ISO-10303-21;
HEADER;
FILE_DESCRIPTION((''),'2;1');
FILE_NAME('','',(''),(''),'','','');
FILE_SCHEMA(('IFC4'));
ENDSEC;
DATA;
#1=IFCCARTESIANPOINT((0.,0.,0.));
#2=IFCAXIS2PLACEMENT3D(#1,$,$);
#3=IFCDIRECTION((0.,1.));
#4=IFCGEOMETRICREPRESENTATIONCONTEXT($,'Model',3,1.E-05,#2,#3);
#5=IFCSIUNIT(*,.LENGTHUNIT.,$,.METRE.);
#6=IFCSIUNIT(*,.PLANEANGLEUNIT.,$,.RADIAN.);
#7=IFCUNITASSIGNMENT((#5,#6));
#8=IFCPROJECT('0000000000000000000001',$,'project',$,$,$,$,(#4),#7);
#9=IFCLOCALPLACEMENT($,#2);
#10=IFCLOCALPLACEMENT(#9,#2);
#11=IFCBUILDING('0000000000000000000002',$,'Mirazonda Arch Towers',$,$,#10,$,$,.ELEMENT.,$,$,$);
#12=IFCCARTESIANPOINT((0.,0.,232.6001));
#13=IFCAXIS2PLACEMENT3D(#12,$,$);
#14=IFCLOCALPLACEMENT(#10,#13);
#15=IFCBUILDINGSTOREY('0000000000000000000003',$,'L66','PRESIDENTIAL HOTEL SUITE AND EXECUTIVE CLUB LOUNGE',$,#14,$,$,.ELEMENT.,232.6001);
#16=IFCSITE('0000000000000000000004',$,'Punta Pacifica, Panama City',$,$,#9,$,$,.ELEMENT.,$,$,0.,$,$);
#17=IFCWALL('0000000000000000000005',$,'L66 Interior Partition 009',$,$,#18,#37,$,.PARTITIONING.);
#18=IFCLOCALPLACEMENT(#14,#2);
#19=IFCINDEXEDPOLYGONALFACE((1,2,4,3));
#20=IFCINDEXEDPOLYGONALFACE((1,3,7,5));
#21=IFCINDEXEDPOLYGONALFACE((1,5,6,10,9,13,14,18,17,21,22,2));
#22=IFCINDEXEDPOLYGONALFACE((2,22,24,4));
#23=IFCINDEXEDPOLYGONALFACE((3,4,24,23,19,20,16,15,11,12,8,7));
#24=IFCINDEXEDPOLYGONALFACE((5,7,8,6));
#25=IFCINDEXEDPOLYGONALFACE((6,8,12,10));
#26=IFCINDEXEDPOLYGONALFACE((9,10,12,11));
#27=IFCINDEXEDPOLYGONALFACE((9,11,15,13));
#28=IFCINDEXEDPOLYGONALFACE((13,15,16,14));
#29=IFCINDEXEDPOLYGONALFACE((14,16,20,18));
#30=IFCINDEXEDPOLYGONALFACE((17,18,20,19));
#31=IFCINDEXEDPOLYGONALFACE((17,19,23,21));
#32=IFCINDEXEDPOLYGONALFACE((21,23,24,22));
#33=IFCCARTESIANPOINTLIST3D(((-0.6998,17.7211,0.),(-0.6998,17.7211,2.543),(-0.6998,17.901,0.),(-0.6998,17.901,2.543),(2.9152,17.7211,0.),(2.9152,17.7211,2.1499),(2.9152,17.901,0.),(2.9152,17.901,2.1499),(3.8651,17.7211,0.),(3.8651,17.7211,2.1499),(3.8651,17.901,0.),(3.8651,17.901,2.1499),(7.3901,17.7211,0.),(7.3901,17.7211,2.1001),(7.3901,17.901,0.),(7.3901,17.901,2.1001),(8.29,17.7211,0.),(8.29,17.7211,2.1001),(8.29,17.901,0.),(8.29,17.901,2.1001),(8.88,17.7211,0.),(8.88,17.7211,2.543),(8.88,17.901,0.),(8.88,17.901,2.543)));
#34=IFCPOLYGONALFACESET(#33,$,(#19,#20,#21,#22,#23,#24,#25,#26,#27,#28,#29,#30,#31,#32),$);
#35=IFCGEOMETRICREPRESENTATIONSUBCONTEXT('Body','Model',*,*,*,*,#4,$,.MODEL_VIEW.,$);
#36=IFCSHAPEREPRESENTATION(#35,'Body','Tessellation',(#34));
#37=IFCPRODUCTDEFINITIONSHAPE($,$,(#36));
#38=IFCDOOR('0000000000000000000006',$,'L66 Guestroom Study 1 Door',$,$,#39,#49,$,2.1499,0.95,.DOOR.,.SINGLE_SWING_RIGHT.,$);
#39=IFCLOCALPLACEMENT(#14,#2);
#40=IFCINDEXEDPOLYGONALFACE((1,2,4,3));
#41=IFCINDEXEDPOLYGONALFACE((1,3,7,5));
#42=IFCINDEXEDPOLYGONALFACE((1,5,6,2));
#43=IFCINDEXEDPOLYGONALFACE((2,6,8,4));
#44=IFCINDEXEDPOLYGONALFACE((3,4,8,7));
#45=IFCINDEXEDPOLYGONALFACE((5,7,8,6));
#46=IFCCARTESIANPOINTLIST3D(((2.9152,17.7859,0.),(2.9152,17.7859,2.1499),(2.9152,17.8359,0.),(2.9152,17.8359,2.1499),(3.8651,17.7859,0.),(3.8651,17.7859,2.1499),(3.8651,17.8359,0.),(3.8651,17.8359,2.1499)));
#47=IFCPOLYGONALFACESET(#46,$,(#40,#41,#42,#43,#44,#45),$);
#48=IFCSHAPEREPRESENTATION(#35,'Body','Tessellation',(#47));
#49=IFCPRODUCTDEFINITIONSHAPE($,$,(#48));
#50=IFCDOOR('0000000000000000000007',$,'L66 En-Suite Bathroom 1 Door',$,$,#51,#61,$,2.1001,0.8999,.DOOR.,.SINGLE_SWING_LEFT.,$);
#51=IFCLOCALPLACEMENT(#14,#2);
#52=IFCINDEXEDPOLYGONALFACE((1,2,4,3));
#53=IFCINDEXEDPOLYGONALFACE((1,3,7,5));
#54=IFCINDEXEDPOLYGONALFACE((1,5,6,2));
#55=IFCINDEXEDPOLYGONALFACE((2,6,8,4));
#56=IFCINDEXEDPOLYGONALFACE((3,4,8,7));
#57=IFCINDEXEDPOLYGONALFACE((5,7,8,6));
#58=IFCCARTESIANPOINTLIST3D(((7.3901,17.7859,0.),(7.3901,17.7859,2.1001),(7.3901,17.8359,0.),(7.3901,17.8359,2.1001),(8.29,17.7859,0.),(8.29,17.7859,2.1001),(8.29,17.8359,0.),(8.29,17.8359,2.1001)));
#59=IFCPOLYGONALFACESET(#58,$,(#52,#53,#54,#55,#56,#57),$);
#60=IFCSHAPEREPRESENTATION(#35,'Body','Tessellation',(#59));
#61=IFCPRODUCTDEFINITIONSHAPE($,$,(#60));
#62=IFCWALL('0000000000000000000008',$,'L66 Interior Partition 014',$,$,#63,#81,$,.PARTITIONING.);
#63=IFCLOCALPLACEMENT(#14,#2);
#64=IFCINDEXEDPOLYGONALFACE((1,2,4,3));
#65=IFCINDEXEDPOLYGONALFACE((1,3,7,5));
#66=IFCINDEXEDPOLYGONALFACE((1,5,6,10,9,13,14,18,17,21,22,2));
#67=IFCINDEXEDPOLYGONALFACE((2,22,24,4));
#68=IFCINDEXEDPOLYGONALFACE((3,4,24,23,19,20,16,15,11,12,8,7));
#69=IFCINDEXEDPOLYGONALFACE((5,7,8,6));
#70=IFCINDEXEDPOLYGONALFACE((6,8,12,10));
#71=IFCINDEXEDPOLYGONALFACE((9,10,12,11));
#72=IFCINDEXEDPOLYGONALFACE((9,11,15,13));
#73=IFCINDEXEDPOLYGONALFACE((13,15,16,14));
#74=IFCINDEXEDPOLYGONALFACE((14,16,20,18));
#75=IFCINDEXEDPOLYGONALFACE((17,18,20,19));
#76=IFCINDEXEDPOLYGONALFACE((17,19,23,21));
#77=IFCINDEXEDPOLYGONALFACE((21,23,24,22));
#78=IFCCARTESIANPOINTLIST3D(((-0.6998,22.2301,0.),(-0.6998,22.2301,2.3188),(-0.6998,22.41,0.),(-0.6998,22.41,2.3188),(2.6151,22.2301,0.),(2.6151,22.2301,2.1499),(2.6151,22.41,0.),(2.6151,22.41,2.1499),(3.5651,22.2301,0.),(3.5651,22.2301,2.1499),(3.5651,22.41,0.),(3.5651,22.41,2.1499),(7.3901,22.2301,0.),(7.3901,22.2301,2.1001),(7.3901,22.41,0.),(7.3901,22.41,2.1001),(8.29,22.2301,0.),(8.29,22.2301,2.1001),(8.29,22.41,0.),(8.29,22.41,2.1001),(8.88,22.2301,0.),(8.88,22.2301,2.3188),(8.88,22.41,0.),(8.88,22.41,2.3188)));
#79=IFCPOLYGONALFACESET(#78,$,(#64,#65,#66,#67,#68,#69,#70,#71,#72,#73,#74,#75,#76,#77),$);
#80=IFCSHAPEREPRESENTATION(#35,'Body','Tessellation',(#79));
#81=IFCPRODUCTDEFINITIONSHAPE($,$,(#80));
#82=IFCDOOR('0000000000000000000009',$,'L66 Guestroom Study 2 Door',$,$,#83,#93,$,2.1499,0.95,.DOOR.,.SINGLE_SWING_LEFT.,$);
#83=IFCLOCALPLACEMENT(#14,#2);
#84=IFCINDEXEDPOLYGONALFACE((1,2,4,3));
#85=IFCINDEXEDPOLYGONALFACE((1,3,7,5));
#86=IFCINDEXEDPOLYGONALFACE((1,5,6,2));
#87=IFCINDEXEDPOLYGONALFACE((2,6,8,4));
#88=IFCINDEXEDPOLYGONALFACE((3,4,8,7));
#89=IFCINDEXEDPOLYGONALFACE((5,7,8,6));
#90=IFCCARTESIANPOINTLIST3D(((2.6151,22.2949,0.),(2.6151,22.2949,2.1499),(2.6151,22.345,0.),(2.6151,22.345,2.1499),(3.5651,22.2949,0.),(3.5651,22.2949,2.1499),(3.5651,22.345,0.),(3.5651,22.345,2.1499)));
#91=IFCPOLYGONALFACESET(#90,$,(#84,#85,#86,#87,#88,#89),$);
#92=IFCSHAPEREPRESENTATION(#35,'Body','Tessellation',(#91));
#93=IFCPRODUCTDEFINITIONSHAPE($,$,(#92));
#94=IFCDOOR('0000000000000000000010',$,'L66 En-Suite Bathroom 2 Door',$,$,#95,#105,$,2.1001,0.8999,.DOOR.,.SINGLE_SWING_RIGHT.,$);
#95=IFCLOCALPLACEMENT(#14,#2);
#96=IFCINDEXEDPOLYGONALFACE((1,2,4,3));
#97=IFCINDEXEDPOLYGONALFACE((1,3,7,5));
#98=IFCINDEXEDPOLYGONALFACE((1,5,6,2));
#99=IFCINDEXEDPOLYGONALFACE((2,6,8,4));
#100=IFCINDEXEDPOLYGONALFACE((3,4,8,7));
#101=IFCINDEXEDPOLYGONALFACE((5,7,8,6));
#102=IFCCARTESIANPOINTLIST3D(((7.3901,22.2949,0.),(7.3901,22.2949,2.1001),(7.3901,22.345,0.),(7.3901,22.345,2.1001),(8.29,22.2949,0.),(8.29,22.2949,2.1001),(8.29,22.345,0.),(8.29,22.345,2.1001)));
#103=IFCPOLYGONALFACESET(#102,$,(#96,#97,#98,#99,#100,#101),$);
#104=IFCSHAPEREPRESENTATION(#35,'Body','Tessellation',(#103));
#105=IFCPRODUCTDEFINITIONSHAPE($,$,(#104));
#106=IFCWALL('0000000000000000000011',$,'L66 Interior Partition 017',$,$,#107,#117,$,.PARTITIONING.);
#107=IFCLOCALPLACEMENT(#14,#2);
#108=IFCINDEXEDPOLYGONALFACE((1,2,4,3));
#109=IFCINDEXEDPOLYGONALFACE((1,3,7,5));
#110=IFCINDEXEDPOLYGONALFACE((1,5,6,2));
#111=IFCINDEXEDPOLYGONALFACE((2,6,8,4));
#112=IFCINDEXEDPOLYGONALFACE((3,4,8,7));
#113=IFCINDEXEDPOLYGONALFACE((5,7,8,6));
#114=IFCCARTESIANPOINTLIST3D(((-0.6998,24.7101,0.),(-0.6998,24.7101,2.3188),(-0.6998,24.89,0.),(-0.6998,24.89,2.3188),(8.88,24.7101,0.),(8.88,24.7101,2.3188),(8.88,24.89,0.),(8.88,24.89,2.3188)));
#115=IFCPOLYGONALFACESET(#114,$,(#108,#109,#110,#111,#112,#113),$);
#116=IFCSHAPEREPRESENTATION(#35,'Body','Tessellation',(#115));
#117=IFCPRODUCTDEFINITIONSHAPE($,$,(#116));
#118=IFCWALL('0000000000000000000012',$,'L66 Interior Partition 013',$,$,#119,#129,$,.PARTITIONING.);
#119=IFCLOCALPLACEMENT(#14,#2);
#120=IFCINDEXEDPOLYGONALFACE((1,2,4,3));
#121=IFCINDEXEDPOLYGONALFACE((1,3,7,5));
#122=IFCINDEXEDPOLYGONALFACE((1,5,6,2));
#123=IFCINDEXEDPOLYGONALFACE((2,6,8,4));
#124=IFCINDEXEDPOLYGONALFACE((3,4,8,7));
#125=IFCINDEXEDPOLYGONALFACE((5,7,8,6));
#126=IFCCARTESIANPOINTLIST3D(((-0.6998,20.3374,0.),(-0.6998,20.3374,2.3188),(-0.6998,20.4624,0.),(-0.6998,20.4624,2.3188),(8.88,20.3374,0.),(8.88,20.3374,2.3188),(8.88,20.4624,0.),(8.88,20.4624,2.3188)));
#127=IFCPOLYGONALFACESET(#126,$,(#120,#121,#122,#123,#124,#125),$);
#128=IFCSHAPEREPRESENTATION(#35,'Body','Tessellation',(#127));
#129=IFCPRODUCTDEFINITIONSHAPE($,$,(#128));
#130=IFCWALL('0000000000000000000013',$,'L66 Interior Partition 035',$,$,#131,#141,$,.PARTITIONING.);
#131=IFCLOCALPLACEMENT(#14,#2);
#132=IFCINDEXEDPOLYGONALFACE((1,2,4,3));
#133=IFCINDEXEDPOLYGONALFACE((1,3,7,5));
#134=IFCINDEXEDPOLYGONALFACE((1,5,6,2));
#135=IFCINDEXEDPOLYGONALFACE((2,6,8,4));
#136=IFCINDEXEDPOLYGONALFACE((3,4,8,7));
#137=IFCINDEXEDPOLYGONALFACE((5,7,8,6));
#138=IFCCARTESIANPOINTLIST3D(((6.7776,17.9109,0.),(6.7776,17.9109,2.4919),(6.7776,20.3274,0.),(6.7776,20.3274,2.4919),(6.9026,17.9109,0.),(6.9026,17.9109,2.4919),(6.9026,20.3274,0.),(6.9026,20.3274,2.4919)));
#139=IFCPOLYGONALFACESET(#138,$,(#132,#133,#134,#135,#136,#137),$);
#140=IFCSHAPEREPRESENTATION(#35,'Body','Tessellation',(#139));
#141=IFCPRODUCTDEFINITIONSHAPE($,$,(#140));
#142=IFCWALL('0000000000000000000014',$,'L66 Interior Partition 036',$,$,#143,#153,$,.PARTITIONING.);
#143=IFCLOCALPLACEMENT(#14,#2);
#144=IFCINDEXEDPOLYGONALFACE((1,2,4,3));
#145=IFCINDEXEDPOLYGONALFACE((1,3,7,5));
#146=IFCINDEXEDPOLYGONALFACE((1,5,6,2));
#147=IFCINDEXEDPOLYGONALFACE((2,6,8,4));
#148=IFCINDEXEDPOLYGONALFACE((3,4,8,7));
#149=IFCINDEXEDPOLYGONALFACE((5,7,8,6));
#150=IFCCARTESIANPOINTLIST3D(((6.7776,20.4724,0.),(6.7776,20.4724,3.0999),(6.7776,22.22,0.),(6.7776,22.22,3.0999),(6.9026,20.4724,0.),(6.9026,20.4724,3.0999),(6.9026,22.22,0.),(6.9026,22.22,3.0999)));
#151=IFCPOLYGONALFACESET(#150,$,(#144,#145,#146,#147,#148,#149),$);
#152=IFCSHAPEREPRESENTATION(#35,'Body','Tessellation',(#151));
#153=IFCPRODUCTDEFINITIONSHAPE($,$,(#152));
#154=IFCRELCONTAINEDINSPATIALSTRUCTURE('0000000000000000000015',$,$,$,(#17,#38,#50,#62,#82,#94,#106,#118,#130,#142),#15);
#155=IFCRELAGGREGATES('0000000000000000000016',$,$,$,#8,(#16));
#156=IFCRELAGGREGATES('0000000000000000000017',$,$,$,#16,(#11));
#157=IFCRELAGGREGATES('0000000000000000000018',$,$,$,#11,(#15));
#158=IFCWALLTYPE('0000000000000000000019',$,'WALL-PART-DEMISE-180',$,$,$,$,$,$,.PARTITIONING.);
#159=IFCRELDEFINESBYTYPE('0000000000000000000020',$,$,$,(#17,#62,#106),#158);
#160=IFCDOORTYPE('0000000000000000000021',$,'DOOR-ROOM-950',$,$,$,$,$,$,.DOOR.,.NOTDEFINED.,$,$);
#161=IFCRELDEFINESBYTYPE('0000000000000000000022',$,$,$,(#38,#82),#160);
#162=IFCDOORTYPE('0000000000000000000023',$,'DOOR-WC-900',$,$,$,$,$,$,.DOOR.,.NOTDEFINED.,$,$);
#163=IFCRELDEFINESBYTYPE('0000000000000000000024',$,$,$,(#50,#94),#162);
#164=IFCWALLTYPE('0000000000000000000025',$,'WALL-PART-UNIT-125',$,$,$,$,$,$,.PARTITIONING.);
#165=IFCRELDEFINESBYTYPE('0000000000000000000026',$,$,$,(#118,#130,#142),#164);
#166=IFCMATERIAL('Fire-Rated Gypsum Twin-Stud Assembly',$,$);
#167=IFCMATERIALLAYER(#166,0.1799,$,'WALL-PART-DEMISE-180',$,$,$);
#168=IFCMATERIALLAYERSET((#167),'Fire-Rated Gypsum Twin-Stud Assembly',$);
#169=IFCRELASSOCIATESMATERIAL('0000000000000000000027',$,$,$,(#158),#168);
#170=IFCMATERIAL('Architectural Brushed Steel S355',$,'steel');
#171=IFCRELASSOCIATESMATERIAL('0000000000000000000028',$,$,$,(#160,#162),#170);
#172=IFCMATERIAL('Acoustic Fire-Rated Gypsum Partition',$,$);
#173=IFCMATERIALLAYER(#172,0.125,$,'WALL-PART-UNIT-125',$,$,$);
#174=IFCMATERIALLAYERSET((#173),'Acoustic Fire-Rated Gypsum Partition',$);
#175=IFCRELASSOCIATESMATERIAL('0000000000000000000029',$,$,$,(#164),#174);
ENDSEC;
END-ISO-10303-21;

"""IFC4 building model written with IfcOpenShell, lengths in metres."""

from ifc_helpers import new_model, si_unit, direction, frame, frame_2d, origin, place, context, subcontext, project, spatial, rectangle, extrude, material, layer, layer_set, type_object, element, fill, save


model = new_model("IFC4")

# Units and contexts
model_context = context("Model", 3, precision=1e-05, world=origin(), true_north=direction((0.0, 1.0)))
body_context = subcontext(model_context, "Body", "Model", "MODEL_VIEW")
ifc_project = project(units=[si_unit("LENGTHUNIT", "METRE"), si_unit("PLANEANGLEUNIT", "RADIAN")], contexts=[model_context])

# Site, building, storey
site_placement = place(None, origin())
site = spatial("IfcSite", under=ifc_project, at=site_placement, Name="Punta Pacifica, Panama City", CompositionType="ELEMENT", RefElevation=0.0)
building_placement = place(site_placement, origin())
building = spatial("IfcBuilding", under=site, at=building_placement, Name="Mirazonda Arch Towers", CompositionType="ELEMENT")
storey_placement = place(building_placement, frame((0.0, 0.0, 232.6001)))
storey = spatial("IfcBuildingStorey", under=building, at=storey_placement, Name="L66", Description="PRESIDENTIAL HOTEL SUITE AND EXECUTIVE CLUB LOUNGE", CompositionType="ELEMENT", Elevation=232.6001)

# Walls, openings, doors
ifc_material_1 = material(Name="Fire-Rated Gypsum Twin-Stud Assembly")
ifc_layer_1 = layer(ifc_material_1, 0.1799, Name="WALL-PART-DEMISE-180")
ifc_layer_set_1 = layer_set([ifc_layer_1], Name="Fire-Rated Gypsum Twin-Stud Assembly")
wall_type_1 = type_object("IfcWallType", Name="WALL-PART-DEMISE-180", PredefinedType="PARTITIONING", material=ifc_layer_set_1)
wall_1_placement = place(storey_placement, frame((-0.7, 17.811, 0.0), z_axis=(0.0, 0.0, 1.0), x_axis=(1.0, 0.0, 0.0)))
wall_1 = element("IfcWall", 1, at=wall_1_placement, inside=storey, type_object=wall_type_1, Name="L66 Interior Partition 009", PredefinedType="PARTITIONING", context=body_context, shape_type="SweptSolid", body=[
    extrude(rectangle(XDim=9.5798, YDim=0.1799, at=frame_2d((4.79, 0.0))), origin(), (0.0, 0.0, 1.0), 2.543),
])
opening_1_placement = place(wall_1_placement, frame((3.615, 0.0, 0.0)))
opening_1 = element("IfcOpeningElement", 2, at=opening_1_placement, cuts=wall_1, PredefinedType="OPENING", context=body_context, shape_type="SweptSolid", body=[
    extrude(rectangle(XDim=0.95, YDim=2.1499, at=frame_2d((0.4751, 1.075))), frame((0.0, 0.0999, 0.0), z_axis=(0.0, -1.0, 0.0), x_axis=(1.0, 0.0, 0.0)), (0.0, 0.0, 1.0), 0.2),
])
opening_2_placement = place(wall_1_placement, frame((8.0901, 0.0, 0.0)))
opening_2 = element("IfcOpeningElement", 3, at=opening_2_placement, cuts=wall_1, PredefinedType="OPENING", context=body_context, shape_type="SweptSolid", body=[
    extrude(rectangle(XDim=0.8999, YDim=2.1001, at=frame_2d((0.45, 1.05))), frame((0.0, 0.0999, 0.0), z_axis=(0.0, -1.0, 0.0), x_axis=(1.0, 0.0, 0.0)), (0.0, 0.0, 1.0), 0.2),
])
ifc_material_2 = material(Name="Architectural Brushed Steel S355", Category="steel")
door_type_1 = type_object("IfcDoorType", Name="DOOR-ROOM-950", OperationType="NOTDEFINED", PredefinedType="DOOR", material=ifc_material_2)
door_1_placement = place(opening_1_placement, origin())
door_1 = element("IfcDoor", 4, at=door_1_placement, inside=storey, type_object=door_type_1, Name="L66 Guestroom Study 1 Door", OperationType="SINGLE_SWING_RIGHT", OverallHeight=2.1499, OverallWidth=0.95, PredefinedType="DOOR", context=body_context, shape_type="SweptSolid", body=[
    extrude(rectangle(XDim=0.95, YDim=2.1499, at=frame_2d((0.4751, 1.075))), frame((0.0, 0.0249, 0.0), z_axis=(0.0, -1.0, 0.0), x_axis=(1.0, 0.0, 0.0)), (0.0, 0.0, 1.0), 0.05),
])
fill(opening_1, door_1)
door_type_2 = type_object("IfcDoorType", Name="DOOR-WC-900", OperationType="NOTDEFINED", PredefinedType="DOOR", material=ifc_material_2)
door_2_placement = place(opening_2_placement, origin())
door_2 = element("IfcDoor", 5, at=door_2_placement, inside=storey, type_object=door_type_2, Name="L66 En-Suite Bathroom 1 Door", OperationType="SINGLE_SWING_LEFT", OverallHeight=2.1001, OverallWidth=0.8999, PredefinedType="DOOR", context=body_context, shape_type="SweptSolid", body=[
    extrude(rectangle(XDim=0.8999, YDim=2.1001, at=frame_2d((0.45, 1.05))), frame((0.0, 0.0249, 0.0), z_axis=(0.0, -1.0, 0.0), x_axis=(1.0, 0.0, 0.0)), (0.0, 0.0, 1.0), 0.05),
])
fill(opening_2, door_2)
wall_2_placement = place(storey_placement, frame((-0.7, 22.3201, 0.0), z_axis=(0.0, 0.0, 1.0), x_axis=(1.0, 0.0, 0.0)))
wall_2 = element("IfcWall", 6, at=wall_2_placement, inside=storey, type_object=wall_type_1, Name="L66 Interior Partition 014", PredefinedType="PARTITIONING", context=body_context, shape_type="SweptSolid", body=[
    extrude(rectangle(XDim=9.5798, YDim=0.1799, at=frame_2d((4.79, 0.0))), origin(), (0.0, 0.0, 1.0), 2.3188),
])
opening_3_placement = place(wall_2_placement, frame((3.3149, 0.0, 0.0)))
opening_3 = element("IfcOpeningElement", 7, at=opening_3_placement, cuts=wall_2, PredefinedType="OPENING", context=body_context, shape_type="SweptSolid", body=[
    extrude(rectangle(XDim=0.95, YDim=2.1499, at=frame_2d((0.4751, 1.075))), frame((0.0, 0.0999, 0.0), z_axis=(0.0, -1.0, 0.0), x_axis=(1.0, 0.0, 0.0)), (0.0, 0.0, 1.0), 0.2),
])
opening_4_placement = place(wall_2_placement, frame((8.0901, 0.0, 0.0)))
opening_4 = element("IfcOpeningElement", 8, at=opening_4_placement, cuts=wall_2, PredefinedType="OPENING", context=body_context, shape_type="SweptSolid", body=[
    extrude(rectangle(XDim=0.8999, YDim=2.1001, at=frame_2d((0.45, 1.05))), frame((0.0, 0.0999, 0.0), z_axis=(0.0, -1.0, 0.0), x_axis=(1.0, 0.0, 0.0)), (0.0, 0.0, 1.0), 0.2),
])
door_3_placement = place(opening_3_placement, origin())
door_3 = element("IfcDoor", 9, at=door_3_placement, inside=storey, type_object=door_type_1, Name="L66 Guestroom Study 2 Door", OperationType="SINGLE_SWING_LEFT", OverallHeight=2.1499, OverallWidth=0.95, PredefinedType="DOOR", context=body_context, shape_type="SweptSolid", body=[
    extrude(rectangle(XDim=0.95, YDim=2.1499, at=frame_2d((0.4751, 1.075))), frame((0.0, 0.0249, 0.0), z_axis=(0.0, -1.0, 0.0), x_axis=(1.0, 0.0, 0.0)), (0.0, 0.0, 1.0), 0.05),
])
fill(opening_3, door_3)
door_4_placement = place(opening_4_placement, origin())
door_4 = element("IfcDoor", 10, at=door_4_placement, inside=storey, type_object=door_type_2, Name="L66 En-Suite Bathroom 2 Door", OperationType="SINGLE_SWING_RIGHT", OverallHeight=2.1001, OverallWidth=0.8999, PredefinedType="DOOR", context=body_context, shape_type="SweptSolid", body=[
    extrude(rectangle(XDim=0.8999, YDim=2.1001, at=frame_2d((0.45, 1.05))), frame((0.0, 0.0249, 0.0), z_axis=(0.0, -1.0, 0.0), x_axis=(1.0, 0.0, 0.0)), (0.0, 0.0, 1.0), 0.05),
])
fill(opening_4, door_4)

# Walls
wall_3_placement = place(storey_placement, frame((-0.7, 24.8, 0.0), z_axis=(0.0, 0.0, 1.0), x_axis=(1.0, 0.0, 0.0)))
element("IfcWall", 11, at=wall_3_placement, inside=storey, type_object=wall_type_1, Name="L66 Interior Partition 017", PredefinedType="PARTITIONING", context=body_context, shape_type="SweptSolid", body=[
    extrude(rectangle(XDim=9.5798, YDim=0.1799, at=frame_2d((4.79, 0.0))), origin(), (0.0, 0.0, 1.0), 2.3188),
])
ifc_material_3 = material(Name="Acoustic Fire-Rated Gypsum Partition")
ifc_layer_2 = layer(ifc_material_3, 0.125, Name="WALL-PART-UNIT-125")
ifc_layer_set_2 = layer_set([ifc_layer_2], Name="Acoustic Fire-Rated Gypsum Partition")
wall_type_2 = type_object("IfcWallType", Name="WALL-PART-UNIT-125", PredefinedType="PARTITIONING", material=ifc_layer_set_2)
wall_4_placement = place(storey_placement, frame((-0.7, 20.3999, 0.0), z_axis=(0.0, 0.0, 1.0), x_axis=(1.0, 0.0, 0.0)))
element("IfcWall", 12, at=wall_4_placement, inside=storey, type_object=wall_type_2, Name="L66 Interior Partition 013", PredefinedType="PARTITIONING", context=body_context, shape_type="SweptSolid", body=[
    extrude(rectangle(XDim=9.5798, YDim=0.125, at=frame_2d((4.79, 0.0))), origin(), (0.0, 0.0, 1.0), 2.3188),
])
wall_5_placement = place(storey_placement, frame((6.8401, 17.9109, 0.0), z_axis=(0.0, 0.0, 1.0), x_axis=(0.0, 1.0, 0.0)))
element("IfcWall", 13, at=wall_5_placement, inside=storey, type_object=wall_type_2, Name="L66 Interior Partition 035", PredefinedType="PARTITIONING", context=body_context, shape_type="SweptSolid", body=[
    extrude(rectangle(XDim=2.4165, YDim=0.125, at=frame_2d((1.2083, 0.0))), origin(), (0.0, 0.0, 1.0), 2.4919),
])
wall_6_placement = place(storey_placement, frame((6.8401, 20.4724, 0.0), z_axis=(0.0, 0.0, 1.0), x_axis=(0.0, 1.0, 0.0)))
element("IfcWall", 14, at=wall_6_placement, inside=storey, type_object=wall_type_2, Name="L66 Interior Partition 036", PredefinedType="PARTITIONING", context=body_context, shape_type="SweptSolid", body=[
    extrude(rectangle(XDim=1.7476, YDim=0.125, at=frame_2d((0.8738, 0.0))), origin(), (0.0, 0.0, 1.0), 3.0999),
])

save(model, "model.ifc")
